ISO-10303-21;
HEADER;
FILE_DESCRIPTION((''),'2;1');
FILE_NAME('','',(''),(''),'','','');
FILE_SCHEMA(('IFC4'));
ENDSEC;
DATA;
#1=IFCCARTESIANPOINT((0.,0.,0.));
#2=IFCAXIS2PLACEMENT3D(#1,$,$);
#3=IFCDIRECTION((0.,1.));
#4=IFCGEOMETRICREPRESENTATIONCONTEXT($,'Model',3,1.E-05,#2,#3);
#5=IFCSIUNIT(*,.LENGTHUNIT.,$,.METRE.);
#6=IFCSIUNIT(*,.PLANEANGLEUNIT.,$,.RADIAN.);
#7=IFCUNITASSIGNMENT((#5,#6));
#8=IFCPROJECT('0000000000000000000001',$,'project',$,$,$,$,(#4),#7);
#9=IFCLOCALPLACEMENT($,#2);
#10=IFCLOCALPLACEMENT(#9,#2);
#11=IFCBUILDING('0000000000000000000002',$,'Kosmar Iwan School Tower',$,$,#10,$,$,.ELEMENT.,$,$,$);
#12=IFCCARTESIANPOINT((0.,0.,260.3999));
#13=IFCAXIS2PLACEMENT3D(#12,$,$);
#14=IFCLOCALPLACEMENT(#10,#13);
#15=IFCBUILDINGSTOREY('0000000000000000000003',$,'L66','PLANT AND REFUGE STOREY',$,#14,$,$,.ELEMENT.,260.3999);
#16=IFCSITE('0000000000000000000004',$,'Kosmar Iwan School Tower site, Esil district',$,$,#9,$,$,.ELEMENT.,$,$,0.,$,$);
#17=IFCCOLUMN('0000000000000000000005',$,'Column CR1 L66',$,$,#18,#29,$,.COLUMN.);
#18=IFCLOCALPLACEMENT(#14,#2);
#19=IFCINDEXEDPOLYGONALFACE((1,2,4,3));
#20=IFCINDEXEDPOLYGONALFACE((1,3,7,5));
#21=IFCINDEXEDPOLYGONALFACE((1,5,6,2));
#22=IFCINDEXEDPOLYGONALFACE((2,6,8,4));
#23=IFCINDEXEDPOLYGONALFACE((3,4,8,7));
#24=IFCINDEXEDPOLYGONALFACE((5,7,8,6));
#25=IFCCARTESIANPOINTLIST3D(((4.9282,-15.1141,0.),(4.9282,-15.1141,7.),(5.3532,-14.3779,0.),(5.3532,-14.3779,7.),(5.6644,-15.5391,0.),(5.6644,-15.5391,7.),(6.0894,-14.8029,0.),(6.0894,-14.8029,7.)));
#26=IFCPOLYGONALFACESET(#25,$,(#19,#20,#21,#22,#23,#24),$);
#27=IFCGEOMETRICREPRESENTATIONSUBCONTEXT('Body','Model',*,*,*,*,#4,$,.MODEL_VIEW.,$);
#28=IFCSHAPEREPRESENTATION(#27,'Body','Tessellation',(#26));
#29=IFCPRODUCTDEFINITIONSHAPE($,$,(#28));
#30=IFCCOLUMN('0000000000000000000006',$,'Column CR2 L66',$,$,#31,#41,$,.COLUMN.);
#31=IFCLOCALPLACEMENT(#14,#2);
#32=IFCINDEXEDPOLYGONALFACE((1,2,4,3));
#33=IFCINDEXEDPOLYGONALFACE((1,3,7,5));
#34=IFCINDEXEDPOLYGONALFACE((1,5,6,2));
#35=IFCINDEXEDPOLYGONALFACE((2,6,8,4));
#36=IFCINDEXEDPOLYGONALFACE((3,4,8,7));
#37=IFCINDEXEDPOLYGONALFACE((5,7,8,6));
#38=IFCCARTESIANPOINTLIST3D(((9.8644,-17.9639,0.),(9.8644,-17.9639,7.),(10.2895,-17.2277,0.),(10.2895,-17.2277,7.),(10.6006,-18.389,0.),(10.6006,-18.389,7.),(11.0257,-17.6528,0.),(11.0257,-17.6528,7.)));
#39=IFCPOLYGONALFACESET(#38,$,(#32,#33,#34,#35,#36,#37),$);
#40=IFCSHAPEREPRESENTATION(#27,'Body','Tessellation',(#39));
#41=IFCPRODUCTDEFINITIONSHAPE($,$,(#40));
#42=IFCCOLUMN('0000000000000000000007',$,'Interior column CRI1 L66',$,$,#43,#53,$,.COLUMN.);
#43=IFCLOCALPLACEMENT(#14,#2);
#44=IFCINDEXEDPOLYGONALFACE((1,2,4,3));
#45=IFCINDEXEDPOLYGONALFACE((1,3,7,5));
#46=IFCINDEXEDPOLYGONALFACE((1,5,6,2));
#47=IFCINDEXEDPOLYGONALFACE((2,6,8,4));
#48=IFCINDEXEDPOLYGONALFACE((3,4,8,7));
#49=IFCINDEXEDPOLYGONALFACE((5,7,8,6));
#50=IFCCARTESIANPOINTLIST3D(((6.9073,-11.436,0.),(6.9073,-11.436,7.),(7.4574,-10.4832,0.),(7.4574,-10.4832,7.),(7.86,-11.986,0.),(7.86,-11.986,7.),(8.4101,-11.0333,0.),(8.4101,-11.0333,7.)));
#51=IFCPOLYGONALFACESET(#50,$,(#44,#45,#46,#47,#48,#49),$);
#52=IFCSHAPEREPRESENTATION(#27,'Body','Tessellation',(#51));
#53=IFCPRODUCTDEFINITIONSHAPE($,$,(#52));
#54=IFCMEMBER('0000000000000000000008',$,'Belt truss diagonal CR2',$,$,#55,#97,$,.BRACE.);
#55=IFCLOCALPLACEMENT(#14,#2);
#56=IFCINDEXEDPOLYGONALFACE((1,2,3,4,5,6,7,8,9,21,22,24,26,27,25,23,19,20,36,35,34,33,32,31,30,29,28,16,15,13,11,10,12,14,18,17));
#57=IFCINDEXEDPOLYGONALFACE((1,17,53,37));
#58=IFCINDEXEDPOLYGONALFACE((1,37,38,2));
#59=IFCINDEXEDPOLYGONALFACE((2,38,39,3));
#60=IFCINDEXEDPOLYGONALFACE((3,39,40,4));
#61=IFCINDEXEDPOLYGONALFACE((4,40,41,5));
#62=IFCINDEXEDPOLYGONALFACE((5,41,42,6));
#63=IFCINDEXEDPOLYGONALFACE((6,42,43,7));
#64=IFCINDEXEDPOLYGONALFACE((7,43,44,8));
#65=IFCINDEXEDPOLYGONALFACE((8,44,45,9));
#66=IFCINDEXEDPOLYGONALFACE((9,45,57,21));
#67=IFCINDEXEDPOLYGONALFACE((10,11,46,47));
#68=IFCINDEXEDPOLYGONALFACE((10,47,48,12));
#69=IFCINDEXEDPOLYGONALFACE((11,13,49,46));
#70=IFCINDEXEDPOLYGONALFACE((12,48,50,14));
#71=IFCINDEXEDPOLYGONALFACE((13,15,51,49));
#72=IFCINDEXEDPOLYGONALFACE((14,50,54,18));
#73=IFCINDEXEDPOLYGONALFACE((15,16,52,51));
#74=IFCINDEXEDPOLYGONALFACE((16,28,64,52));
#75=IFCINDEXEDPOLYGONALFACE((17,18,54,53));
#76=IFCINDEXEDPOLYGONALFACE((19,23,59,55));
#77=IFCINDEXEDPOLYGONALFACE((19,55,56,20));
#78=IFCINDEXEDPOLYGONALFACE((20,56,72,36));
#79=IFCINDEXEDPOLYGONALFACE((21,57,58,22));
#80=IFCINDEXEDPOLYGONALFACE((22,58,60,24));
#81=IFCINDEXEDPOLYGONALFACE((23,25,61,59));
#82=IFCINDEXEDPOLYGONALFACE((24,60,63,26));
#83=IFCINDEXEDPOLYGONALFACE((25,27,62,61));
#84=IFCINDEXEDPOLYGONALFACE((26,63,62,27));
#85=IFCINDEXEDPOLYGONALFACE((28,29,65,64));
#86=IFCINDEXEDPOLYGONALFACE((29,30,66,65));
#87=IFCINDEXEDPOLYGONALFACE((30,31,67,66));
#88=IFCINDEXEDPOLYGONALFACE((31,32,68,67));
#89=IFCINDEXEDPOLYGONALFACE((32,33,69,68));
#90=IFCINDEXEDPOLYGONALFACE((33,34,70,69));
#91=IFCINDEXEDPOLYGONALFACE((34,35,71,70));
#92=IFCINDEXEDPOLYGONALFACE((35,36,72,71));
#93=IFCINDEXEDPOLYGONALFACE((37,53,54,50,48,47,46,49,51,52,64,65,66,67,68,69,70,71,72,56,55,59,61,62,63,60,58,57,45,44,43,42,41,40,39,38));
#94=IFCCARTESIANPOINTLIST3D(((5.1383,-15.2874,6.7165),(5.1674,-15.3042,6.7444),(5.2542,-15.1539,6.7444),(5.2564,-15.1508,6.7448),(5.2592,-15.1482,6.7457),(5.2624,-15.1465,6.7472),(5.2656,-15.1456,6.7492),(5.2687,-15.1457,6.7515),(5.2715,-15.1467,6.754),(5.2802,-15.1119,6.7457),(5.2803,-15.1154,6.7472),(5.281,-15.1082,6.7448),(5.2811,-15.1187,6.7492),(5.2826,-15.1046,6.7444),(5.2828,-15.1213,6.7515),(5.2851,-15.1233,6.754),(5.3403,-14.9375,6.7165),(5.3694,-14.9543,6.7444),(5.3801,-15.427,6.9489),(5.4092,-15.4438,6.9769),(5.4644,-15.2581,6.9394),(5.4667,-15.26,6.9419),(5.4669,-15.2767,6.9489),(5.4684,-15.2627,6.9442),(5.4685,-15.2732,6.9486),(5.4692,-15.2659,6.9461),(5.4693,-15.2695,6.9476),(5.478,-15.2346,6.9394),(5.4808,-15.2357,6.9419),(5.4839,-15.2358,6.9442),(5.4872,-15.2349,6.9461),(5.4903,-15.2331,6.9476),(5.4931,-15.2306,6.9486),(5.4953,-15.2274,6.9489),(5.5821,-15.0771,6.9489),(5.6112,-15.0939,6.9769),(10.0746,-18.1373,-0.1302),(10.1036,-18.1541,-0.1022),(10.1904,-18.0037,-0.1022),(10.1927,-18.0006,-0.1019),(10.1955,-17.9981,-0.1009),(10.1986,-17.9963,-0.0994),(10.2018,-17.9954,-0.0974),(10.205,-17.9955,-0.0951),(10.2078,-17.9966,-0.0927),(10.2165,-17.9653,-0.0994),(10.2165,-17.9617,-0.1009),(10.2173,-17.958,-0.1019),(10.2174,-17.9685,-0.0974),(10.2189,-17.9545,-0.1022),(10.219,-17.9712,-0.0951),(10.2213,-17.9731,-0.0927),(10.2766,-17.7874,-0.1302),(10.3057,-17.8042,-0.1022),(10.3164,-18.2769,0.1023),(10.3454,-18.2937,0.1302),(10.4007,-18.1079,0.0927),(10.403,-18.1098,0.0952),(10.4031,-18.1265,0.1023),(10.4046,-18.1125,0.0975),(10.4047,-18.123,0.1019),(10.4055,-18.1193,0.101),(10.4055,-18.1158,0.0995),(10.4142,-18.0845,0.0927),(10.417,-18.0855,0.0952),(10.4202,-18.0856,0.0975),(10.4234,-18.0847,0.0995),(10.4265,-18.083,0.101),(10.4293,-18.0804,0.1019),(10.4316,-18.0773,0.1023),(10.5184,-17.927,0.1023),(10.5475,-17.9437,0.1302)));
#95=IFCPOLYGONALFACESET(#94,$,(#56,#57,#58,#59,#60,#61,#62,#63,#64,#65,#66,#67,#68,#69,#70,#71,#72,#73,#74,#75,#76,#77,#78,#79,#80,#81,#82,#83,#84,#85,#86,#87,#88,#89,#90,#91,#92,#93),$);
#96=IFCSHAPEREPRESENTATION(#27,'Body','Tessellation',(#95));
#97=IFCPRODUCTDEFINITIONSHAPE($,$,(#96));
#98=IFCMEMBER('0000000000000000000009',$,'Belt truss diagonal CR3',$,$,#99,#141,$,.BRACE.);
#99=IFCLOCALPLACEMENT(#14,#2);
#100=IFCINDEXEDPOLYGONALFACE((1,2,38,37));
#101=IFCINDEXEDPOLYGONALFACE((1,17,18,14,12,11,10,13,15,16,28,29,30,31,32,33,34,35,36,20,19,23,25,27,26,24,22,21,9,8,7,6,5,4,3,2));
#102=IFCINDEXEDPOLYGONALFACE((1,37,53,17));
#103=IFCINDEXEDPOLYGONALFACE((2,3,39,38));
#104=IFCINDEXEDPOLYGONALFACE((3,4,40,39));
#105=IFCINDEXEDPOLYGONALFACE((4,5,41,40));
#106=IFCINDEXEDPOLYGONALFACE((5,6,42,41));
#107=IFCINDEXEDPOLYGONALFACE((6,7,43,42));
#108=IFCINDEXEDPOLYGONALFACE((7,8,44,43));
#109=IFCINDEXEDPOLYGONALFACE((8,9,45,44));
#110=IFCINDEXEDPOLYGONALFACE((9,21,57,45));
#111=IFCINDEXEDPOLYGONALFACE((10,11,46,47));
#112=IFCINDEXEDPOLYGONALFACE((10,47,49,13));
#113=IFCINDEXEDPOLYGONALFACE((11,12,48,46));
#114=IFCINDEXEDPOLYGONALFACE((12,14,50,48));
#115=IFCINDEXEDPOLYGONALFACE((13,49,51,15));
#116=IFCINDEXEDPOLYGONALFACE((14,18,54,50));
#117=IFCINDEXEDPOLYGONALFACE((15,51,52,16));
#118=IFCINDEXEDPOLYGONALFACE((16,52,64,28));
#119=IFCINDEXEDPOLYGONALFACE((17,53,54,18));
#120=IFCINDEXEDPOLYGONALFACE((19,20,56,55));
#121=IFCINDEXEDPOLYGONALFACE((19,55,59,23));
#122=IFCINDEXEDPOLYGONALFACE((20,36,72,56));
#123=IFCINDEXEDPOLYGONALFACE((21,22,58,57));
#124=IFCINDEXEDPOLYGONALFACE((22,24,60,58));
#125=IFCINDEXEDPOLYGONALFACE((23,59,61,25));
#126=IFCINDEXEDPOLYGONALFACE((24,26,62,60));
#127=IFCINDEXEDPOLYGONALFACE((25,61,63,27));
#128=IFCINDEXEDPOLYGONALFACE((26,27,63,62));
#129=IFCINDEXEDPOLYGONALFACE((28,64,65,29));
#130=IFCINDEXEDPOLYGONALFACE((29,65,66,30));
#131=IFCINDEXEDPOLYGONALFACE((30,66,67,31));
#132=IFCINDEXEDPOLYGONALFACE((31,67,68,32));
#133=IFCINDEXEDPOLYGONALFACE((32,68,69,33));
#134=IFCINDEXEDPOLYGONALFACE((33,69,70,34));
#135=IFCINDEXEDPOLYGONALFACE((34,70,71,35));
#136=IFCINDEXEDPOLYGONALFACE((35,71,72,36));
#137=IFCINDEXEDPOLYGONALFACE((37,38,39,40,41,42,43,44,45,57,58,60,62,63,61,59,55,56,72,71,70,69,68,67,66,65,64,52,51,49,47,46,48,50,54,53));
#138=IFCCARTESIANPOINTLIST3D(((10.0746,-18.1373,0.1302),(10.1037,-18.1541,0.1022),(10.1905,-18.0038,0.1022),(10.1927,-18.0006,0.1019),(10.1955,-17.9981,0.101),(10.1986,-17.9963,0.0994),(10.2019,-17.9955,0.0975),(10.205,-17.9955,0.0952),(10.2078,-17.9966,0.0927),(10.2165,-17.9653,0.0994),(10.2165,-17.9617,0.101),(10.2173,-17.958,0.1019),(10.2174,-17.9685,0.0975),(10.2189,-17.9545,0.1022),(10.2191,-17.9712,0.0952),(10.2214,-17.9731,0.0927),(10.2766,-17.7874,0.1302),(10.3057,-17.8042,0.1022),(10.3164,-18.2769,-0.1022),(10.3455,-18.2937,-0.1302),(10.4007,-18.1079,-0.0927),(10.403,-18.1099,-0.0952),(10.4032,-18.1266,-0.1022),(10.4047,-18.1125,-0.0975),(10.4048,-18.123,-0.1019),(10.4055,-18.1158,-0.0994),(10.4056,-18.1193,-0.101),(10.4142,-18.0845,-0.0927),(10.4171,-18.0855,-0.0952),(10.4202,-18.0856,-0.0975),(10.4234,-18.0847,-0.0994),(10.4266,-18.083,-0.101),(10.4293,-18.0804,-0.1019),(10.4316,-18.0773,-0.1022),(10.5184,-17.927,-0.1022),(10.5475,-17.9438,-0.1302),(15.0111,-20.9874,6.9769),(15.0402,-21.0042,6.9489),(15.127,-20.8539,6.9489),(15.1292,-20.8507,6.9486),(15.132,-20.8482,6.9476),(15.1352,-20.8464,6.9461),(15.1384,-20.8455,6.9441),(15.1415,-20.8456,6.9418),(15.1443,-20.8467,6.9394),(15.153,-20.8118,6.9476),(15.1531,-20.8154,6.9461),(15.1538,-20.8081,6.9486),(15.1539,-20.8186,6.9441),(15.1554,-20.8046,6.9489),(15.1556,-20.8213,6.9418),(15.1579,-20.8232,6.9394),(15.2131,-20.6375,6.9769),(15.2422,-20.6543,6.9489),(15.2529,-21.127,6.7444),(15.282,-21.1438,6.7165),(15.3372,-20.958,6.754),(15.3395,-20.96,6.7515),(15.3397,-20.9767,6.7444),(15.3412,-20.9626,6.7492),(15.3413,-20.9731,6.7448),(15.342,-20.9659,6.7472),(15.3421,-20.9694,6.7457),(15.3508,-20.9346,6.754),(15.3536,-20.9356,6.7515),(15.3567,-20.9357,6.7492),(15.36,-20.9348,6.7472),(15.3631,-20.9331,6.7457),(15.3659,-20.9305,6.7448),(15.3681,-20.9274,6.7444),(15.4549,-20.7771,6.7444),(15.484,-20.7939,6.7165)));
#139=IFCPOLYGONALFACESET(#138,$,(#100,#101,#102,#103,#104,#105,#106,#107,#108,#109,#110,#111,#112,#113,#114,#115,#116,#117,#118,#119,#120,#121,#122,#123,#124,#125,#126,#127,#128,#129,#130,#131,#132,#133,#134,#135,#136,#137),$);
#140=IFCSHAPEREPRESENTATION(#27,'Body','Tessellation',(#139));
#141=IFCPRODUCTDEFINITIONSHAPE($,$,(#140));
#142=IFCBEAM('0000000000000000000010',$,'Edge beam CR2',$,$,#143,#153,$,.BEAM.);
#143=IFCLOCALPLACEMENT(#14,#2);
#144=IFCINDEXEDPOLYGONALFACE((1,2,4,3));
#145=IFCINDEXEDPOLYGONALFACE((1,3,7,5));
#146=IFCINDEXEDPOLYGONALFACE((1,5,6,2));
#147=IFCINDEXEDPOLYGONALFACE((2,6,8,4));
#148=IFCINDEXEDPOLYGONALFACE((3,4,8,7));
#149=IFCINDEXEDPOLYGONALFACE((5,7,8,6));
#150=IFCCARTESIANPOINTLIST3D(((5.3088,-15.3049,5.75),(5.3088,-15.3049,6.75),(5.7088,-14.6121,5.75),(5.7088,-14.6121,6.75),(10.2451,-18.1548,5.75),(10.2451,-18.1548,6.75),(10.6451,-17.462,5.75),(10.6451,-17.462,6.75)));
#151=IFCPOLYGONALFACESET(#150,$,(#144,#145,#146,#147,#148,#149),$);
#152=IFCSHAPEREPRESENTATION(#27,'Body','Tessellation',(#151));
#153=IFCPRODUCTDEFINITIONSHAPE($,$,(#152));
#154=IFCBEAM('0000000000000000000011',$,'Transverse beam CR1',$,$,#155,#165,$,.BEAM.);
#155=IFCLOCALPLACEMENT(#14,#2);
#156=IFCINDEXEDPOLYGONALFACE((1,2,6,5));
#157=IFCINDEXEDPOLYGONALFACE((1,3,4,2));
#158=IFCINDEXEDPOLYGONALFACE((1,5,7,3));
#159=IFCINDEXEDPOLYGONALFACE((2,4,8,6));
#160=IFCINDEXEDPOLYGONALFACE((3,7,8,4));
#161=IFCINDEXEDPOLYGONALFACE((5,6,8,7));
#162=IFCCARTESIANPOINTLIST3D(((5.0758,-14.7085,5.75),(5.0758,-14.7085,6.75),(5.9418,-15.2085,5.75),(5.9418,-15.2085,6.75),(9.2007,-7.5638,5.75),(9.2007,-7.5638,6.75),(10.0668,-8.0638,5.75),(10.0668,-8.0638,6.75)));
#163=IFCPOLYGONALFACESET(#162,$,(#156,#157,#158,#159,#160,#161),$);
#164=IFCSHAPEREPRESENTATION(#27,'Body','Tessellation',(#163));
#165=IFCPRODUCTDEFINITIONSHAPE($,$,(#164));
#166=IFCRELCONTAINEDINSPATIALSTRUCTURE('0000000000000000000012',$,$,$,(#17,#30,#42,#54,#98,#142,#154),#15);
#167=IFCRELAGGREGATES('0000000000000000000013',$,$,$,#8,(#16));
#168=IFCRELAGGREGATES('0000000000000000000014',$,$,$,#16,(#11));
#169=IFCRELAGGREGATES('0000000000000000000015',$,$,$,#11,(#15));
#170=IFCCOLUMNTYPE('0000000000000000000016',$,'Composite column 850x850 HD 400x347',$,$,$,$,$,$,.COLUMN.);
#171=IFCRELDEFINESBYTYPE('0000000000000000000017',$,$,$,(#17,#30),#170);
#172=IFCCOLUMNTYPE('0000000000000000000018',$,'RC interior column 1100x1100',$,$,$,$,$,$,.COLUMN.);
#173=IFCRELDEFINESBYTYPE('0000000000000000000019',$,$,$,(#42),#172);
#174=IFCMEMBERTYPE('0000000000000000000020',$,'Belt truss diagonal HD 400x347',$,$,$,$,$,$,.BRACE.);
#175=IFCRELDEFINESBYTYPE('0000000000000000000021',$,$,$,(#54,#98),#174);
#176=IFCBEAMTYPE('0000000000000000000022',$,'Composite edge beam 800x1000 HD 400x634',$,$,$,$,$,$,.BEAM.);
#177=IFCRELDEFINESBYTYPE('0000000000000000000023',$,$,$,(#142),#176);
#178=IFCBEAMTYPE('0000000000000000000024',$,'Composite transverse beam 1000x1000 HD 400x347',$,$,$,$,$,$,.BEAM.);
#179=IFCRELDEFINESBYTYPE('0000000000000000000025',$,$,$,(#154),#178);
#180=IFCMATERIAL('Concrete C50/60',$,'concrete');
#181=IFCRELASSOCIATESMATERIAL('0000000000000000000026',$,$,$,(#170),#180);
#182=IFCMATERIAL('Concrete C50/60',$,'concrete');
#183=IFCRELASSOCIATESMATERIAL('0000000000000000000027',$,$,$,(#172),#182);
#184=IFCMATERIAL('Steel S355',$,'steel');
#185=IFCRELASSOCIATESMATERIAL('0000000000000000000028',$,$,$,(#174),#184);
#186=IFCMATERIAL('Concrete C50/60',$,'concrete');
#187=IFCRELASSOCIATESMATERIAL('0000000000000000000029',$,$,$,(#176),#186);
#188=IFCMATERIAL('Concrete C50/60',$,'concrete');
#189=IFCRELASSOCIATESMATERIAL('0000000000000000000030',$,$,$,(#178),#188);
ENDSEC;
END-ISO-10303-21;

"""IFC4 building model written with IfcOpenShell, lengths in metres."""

from ifc_helpers import new_model, si_unit, direction, frame, origin, origin_2d, place, context, subcontext, project, spatial, rectangle, i_section, extrude, material, material_profile, profile_set, type_object, element, save


model = new_model("IFC4")

# Units and contexts
model_context = context("Model", 3, precision=1e-05, world=origin(), true_north=direction((0.0, 1.0)))
body_context = subcontext(model_context, "Body", "Model", "MODEL_VIEW")
ifc_project = project(units=[si_unit("LENGTHUNIT", "METRE"), si_unit("PLANEANGLEUNIT", "RADIAN")], contexts=[model_context])

# Site, building, storey
site_placement = place(None, origin())
site = spatial("IfcSite", under=ifc_project, at=site_placement, Name="Kosmar Iwan School Tower site, Esil district", CompositionType="ELEMENT", RefElevation=0.0)
building_placement = place(site_placement, origin())
building = spatial("IfcBuilding", under=site, at=building_placement, Name="Kosmar Iwan School Tower", CompositionType="ELEMENT")
storey_placement = place(building_placement, frame((0.0, 0.0, 260.3999)))
storey = spatial("IfcBuildingStorey", under=building, at=storey_placement, Name="L66", Description="PLANT AND REFUGE STOREY", CompositionType="ELEMENT", Elevation=260.3999)

# Columns
ifc_material_1 = material(Name="Concrete C50/60", Category="concrete")
ifc_material_profile_1 = material_profile(ifc_material_1, rectangle(XDim=0.8501, YDim=0.8501, at=origin_2d()), Name="RC 850x850 + HD 400x347")
ifc_profile_set_1 = profile_set([ifc_material_profile_1], Name="Concrete C50/60")
column_type_1 = type_object("IfcColumnType", Name="Composite column 850x850 HD 400x347", PredefinedType="COLUMN", material=ifc_profile_set_1)
for number, where, z_axis, x_axis, name in (
    (1, (5.5088, -14.9585, 0.0), (0.0, 0.0, 1.0), (0.866025, -0.5, 0.0), "Column CR1 L66"),
    (2, (10.4451, -17.8083, 0.0), (0.0, 0.0, 1.0), (0.866025, -0.5, 0.0), "Column CR2 L66"),
):
    element("IfcColumn", number, at=place(storey_placement, frame(where, z_axis=z_axis, x_axis=x_axis)), inside=storey, type_object=column_type_1, Name=name, PredefinedType="COLUMN", context=body_context, shape_type="SweptSolid", body=[
        extrude(rectangle(XDim=0.8501, YDim=0.8501, at=origin_2d()), origin(), (0.0, 0.0, 1.0), 7.0),
    ])
ifc_material_2 = material(Name="Concrete C50/60", Category="concrete")
ifc_material_profile_2 = material_profile(ifc_material_2, rectangle(XDim=1.1001, YDim=1.1001, at=origin_2d()), Name="RC 1100x1100")
ifc_profile_set_2 = profile_set([ifc_material_profile_2], Name="Concrete C50/60")
column_type_2 = type_object("IfcColumnType", Name="RC interior column 1100x1100", PredefinedType="COLUMN", material=ifc_profile_set_2)
column_placement = place(storey_placement, frame((7.6587, -11.2346, 0.0), z_axis=(0.0, 0.0, 1.0), x_axis=(0.866025, -0.5, 0.0)))
element("IfcColumn", 3, at=column_placement, inside=storey, type_object=column_type_2, Name="Interior column CRI1 L66", PredefinedType="COLUMN", context=body_context, shape_type="SweptSolid", body=[
    extrude(rectangle(XDim=1.1001, YDim=1.1001, at=origin_2d()), origin(), (0.0, 0.0, 1.0), 7.0),
])

# Members
ifc_material_3 = material(Name="Steel S355", Category="steel")
ifc_material_profile_3 = material_profile(ifc_material_3, i_section(OverallWidth=0.4041, OverallDepth=0.407, WebThickness=0.0271, FlangeThickness=0.0437, FilletRadius=0.0149, at=origin_2d()), Name="HD 400x347")
ifc_profile_set_3 = profile_set([ifc_material_profile_3], Name="Steel S355")
member_type = type_object("IfcMemberType", Name="Belt truss diagonal HD 400x347", PredefinedType="BRACE", material=ifc_profile_set_3)
member_1_placement = place(storey_placement, frame((5.3748, -15.1907, 6.8467), z_axis=(0.554094, -0.319894, -0.768536), x_axis=(0.499986, 0.866034, 0.0)))
element("IfcMember", 4, at=member_1_placement, inside=storey, type_object=member_type, Name="Belt truss diagonal CR2", PredefinedType="BRACE", context=body_context, shape_type="SweptSolid", body=[
    extrude(i_section(OverallWidth=0.4041, OverallDepth=0.407, WebThickness=0.0271, FlangeThickness=0.0437, FilletRadius=0.0149, at=origin_2d()), origin(), (0.0, 0.0, 1.0), 8.9087),
])
member_2_placement = place(storey_placement, frame((10.311, -18.0405, 0.0), z_axis=(0.554108, -0.319914, 0.768517), x_axis=(0.499999, 0.866026, 0.0)))
element("IfcMember", 5, at=member_2_placement, inside=storey, type_object=member_type, Name="Belt truss diagonal CR3", PredefinedType="BRACE", context=body_context, shape_type="SweptSolid", body=[
    extrude(i_section(OverallWidth=0.4041, OverallDepth=0.407, WebThickness=0.0271, FlangeThickness=0.0437, FilletRadius=0.0149, at=origin_2d()), origin(), (0.0, 0.0, 1.0), 8.9089),
])

# Beams
ifc_material_4 = material(Name="Concrete C50/60", Category="concrete")
ifc_material_profile_4 = material_profile(ifc_material_4, rectangle(XDim=0.8, YDim=1.0, at=origin_2d()), Name="RC 800x1000 + HD 400x634")
ifc_profile_set_4 = profile_set([ifc_material_profile_4], Name="Concrete C50/60")
beam_type_1 = type_object("IfcBeamType", Name="Composite edge beam 800x1000 HD 400x634", PredefinedType="BEAM", material=ifc_profile_set_4)
beam_1_placement = place(storey_placement, frame((5.5088, -14.9585, 6.25), z_axis=(0.866034, -0.499986, 0.0), x_axis=(0.499986, 0.866034, 0.0)))
element("IfcBeam", 6, at=beam_1_placement, inside=storey, type_object=beam_type_1, Name="Edge beam CR2", PredefinedType="BEAM", context=body_context, shape_type="SweptSolid", body=[
    extrude(rectangle(XDim=0.8, YDim=1.0, at=origin_2d()), origin(), (0.0, 0.0, 1.0), 5.7),
])
ifc_material_5 = material(Name="Concrete C50/60", Category="concrete")
ifc_material_profile_5 = material_profile(ifc_material_5, rectangle(XDim=1.0, YDim=1.0, at=origin_2d()), Name="RC 1000x1000 + HD 400x347")
ifc_profile_set_5 = profile_set([ifc_material_profile_5], Name="Concrete C50/60")
beam_type_2 = type_object("IfcBeamType", Name="Composite transverse beam 1000x1000 HD 400x347", PredefinedType="BEAM", material=ifc_profile_set_5)
beam_2_placement = place(storey_placement, frame((5.5088, -14.9585, 6.25), z_axis=(0.499997, 0.866027, 0.0), x_axis=(-0.866027, 0.499997, 0.0)))
element("IfcBeam", 7, at=beam_2_placement, inside=storey, type_object=beam_type_2, Name="Transverse beam CR1", PredefinedType="BEAM", context=body_context, shape_type="SweptSolid", body=[
    extrude(rectangle(XDim=1.0, YDim=1.0, at=origin_2d()), origin(), (0.0, 0.0, 1.0), 8.25),
])

save(model, "model.ifc")
